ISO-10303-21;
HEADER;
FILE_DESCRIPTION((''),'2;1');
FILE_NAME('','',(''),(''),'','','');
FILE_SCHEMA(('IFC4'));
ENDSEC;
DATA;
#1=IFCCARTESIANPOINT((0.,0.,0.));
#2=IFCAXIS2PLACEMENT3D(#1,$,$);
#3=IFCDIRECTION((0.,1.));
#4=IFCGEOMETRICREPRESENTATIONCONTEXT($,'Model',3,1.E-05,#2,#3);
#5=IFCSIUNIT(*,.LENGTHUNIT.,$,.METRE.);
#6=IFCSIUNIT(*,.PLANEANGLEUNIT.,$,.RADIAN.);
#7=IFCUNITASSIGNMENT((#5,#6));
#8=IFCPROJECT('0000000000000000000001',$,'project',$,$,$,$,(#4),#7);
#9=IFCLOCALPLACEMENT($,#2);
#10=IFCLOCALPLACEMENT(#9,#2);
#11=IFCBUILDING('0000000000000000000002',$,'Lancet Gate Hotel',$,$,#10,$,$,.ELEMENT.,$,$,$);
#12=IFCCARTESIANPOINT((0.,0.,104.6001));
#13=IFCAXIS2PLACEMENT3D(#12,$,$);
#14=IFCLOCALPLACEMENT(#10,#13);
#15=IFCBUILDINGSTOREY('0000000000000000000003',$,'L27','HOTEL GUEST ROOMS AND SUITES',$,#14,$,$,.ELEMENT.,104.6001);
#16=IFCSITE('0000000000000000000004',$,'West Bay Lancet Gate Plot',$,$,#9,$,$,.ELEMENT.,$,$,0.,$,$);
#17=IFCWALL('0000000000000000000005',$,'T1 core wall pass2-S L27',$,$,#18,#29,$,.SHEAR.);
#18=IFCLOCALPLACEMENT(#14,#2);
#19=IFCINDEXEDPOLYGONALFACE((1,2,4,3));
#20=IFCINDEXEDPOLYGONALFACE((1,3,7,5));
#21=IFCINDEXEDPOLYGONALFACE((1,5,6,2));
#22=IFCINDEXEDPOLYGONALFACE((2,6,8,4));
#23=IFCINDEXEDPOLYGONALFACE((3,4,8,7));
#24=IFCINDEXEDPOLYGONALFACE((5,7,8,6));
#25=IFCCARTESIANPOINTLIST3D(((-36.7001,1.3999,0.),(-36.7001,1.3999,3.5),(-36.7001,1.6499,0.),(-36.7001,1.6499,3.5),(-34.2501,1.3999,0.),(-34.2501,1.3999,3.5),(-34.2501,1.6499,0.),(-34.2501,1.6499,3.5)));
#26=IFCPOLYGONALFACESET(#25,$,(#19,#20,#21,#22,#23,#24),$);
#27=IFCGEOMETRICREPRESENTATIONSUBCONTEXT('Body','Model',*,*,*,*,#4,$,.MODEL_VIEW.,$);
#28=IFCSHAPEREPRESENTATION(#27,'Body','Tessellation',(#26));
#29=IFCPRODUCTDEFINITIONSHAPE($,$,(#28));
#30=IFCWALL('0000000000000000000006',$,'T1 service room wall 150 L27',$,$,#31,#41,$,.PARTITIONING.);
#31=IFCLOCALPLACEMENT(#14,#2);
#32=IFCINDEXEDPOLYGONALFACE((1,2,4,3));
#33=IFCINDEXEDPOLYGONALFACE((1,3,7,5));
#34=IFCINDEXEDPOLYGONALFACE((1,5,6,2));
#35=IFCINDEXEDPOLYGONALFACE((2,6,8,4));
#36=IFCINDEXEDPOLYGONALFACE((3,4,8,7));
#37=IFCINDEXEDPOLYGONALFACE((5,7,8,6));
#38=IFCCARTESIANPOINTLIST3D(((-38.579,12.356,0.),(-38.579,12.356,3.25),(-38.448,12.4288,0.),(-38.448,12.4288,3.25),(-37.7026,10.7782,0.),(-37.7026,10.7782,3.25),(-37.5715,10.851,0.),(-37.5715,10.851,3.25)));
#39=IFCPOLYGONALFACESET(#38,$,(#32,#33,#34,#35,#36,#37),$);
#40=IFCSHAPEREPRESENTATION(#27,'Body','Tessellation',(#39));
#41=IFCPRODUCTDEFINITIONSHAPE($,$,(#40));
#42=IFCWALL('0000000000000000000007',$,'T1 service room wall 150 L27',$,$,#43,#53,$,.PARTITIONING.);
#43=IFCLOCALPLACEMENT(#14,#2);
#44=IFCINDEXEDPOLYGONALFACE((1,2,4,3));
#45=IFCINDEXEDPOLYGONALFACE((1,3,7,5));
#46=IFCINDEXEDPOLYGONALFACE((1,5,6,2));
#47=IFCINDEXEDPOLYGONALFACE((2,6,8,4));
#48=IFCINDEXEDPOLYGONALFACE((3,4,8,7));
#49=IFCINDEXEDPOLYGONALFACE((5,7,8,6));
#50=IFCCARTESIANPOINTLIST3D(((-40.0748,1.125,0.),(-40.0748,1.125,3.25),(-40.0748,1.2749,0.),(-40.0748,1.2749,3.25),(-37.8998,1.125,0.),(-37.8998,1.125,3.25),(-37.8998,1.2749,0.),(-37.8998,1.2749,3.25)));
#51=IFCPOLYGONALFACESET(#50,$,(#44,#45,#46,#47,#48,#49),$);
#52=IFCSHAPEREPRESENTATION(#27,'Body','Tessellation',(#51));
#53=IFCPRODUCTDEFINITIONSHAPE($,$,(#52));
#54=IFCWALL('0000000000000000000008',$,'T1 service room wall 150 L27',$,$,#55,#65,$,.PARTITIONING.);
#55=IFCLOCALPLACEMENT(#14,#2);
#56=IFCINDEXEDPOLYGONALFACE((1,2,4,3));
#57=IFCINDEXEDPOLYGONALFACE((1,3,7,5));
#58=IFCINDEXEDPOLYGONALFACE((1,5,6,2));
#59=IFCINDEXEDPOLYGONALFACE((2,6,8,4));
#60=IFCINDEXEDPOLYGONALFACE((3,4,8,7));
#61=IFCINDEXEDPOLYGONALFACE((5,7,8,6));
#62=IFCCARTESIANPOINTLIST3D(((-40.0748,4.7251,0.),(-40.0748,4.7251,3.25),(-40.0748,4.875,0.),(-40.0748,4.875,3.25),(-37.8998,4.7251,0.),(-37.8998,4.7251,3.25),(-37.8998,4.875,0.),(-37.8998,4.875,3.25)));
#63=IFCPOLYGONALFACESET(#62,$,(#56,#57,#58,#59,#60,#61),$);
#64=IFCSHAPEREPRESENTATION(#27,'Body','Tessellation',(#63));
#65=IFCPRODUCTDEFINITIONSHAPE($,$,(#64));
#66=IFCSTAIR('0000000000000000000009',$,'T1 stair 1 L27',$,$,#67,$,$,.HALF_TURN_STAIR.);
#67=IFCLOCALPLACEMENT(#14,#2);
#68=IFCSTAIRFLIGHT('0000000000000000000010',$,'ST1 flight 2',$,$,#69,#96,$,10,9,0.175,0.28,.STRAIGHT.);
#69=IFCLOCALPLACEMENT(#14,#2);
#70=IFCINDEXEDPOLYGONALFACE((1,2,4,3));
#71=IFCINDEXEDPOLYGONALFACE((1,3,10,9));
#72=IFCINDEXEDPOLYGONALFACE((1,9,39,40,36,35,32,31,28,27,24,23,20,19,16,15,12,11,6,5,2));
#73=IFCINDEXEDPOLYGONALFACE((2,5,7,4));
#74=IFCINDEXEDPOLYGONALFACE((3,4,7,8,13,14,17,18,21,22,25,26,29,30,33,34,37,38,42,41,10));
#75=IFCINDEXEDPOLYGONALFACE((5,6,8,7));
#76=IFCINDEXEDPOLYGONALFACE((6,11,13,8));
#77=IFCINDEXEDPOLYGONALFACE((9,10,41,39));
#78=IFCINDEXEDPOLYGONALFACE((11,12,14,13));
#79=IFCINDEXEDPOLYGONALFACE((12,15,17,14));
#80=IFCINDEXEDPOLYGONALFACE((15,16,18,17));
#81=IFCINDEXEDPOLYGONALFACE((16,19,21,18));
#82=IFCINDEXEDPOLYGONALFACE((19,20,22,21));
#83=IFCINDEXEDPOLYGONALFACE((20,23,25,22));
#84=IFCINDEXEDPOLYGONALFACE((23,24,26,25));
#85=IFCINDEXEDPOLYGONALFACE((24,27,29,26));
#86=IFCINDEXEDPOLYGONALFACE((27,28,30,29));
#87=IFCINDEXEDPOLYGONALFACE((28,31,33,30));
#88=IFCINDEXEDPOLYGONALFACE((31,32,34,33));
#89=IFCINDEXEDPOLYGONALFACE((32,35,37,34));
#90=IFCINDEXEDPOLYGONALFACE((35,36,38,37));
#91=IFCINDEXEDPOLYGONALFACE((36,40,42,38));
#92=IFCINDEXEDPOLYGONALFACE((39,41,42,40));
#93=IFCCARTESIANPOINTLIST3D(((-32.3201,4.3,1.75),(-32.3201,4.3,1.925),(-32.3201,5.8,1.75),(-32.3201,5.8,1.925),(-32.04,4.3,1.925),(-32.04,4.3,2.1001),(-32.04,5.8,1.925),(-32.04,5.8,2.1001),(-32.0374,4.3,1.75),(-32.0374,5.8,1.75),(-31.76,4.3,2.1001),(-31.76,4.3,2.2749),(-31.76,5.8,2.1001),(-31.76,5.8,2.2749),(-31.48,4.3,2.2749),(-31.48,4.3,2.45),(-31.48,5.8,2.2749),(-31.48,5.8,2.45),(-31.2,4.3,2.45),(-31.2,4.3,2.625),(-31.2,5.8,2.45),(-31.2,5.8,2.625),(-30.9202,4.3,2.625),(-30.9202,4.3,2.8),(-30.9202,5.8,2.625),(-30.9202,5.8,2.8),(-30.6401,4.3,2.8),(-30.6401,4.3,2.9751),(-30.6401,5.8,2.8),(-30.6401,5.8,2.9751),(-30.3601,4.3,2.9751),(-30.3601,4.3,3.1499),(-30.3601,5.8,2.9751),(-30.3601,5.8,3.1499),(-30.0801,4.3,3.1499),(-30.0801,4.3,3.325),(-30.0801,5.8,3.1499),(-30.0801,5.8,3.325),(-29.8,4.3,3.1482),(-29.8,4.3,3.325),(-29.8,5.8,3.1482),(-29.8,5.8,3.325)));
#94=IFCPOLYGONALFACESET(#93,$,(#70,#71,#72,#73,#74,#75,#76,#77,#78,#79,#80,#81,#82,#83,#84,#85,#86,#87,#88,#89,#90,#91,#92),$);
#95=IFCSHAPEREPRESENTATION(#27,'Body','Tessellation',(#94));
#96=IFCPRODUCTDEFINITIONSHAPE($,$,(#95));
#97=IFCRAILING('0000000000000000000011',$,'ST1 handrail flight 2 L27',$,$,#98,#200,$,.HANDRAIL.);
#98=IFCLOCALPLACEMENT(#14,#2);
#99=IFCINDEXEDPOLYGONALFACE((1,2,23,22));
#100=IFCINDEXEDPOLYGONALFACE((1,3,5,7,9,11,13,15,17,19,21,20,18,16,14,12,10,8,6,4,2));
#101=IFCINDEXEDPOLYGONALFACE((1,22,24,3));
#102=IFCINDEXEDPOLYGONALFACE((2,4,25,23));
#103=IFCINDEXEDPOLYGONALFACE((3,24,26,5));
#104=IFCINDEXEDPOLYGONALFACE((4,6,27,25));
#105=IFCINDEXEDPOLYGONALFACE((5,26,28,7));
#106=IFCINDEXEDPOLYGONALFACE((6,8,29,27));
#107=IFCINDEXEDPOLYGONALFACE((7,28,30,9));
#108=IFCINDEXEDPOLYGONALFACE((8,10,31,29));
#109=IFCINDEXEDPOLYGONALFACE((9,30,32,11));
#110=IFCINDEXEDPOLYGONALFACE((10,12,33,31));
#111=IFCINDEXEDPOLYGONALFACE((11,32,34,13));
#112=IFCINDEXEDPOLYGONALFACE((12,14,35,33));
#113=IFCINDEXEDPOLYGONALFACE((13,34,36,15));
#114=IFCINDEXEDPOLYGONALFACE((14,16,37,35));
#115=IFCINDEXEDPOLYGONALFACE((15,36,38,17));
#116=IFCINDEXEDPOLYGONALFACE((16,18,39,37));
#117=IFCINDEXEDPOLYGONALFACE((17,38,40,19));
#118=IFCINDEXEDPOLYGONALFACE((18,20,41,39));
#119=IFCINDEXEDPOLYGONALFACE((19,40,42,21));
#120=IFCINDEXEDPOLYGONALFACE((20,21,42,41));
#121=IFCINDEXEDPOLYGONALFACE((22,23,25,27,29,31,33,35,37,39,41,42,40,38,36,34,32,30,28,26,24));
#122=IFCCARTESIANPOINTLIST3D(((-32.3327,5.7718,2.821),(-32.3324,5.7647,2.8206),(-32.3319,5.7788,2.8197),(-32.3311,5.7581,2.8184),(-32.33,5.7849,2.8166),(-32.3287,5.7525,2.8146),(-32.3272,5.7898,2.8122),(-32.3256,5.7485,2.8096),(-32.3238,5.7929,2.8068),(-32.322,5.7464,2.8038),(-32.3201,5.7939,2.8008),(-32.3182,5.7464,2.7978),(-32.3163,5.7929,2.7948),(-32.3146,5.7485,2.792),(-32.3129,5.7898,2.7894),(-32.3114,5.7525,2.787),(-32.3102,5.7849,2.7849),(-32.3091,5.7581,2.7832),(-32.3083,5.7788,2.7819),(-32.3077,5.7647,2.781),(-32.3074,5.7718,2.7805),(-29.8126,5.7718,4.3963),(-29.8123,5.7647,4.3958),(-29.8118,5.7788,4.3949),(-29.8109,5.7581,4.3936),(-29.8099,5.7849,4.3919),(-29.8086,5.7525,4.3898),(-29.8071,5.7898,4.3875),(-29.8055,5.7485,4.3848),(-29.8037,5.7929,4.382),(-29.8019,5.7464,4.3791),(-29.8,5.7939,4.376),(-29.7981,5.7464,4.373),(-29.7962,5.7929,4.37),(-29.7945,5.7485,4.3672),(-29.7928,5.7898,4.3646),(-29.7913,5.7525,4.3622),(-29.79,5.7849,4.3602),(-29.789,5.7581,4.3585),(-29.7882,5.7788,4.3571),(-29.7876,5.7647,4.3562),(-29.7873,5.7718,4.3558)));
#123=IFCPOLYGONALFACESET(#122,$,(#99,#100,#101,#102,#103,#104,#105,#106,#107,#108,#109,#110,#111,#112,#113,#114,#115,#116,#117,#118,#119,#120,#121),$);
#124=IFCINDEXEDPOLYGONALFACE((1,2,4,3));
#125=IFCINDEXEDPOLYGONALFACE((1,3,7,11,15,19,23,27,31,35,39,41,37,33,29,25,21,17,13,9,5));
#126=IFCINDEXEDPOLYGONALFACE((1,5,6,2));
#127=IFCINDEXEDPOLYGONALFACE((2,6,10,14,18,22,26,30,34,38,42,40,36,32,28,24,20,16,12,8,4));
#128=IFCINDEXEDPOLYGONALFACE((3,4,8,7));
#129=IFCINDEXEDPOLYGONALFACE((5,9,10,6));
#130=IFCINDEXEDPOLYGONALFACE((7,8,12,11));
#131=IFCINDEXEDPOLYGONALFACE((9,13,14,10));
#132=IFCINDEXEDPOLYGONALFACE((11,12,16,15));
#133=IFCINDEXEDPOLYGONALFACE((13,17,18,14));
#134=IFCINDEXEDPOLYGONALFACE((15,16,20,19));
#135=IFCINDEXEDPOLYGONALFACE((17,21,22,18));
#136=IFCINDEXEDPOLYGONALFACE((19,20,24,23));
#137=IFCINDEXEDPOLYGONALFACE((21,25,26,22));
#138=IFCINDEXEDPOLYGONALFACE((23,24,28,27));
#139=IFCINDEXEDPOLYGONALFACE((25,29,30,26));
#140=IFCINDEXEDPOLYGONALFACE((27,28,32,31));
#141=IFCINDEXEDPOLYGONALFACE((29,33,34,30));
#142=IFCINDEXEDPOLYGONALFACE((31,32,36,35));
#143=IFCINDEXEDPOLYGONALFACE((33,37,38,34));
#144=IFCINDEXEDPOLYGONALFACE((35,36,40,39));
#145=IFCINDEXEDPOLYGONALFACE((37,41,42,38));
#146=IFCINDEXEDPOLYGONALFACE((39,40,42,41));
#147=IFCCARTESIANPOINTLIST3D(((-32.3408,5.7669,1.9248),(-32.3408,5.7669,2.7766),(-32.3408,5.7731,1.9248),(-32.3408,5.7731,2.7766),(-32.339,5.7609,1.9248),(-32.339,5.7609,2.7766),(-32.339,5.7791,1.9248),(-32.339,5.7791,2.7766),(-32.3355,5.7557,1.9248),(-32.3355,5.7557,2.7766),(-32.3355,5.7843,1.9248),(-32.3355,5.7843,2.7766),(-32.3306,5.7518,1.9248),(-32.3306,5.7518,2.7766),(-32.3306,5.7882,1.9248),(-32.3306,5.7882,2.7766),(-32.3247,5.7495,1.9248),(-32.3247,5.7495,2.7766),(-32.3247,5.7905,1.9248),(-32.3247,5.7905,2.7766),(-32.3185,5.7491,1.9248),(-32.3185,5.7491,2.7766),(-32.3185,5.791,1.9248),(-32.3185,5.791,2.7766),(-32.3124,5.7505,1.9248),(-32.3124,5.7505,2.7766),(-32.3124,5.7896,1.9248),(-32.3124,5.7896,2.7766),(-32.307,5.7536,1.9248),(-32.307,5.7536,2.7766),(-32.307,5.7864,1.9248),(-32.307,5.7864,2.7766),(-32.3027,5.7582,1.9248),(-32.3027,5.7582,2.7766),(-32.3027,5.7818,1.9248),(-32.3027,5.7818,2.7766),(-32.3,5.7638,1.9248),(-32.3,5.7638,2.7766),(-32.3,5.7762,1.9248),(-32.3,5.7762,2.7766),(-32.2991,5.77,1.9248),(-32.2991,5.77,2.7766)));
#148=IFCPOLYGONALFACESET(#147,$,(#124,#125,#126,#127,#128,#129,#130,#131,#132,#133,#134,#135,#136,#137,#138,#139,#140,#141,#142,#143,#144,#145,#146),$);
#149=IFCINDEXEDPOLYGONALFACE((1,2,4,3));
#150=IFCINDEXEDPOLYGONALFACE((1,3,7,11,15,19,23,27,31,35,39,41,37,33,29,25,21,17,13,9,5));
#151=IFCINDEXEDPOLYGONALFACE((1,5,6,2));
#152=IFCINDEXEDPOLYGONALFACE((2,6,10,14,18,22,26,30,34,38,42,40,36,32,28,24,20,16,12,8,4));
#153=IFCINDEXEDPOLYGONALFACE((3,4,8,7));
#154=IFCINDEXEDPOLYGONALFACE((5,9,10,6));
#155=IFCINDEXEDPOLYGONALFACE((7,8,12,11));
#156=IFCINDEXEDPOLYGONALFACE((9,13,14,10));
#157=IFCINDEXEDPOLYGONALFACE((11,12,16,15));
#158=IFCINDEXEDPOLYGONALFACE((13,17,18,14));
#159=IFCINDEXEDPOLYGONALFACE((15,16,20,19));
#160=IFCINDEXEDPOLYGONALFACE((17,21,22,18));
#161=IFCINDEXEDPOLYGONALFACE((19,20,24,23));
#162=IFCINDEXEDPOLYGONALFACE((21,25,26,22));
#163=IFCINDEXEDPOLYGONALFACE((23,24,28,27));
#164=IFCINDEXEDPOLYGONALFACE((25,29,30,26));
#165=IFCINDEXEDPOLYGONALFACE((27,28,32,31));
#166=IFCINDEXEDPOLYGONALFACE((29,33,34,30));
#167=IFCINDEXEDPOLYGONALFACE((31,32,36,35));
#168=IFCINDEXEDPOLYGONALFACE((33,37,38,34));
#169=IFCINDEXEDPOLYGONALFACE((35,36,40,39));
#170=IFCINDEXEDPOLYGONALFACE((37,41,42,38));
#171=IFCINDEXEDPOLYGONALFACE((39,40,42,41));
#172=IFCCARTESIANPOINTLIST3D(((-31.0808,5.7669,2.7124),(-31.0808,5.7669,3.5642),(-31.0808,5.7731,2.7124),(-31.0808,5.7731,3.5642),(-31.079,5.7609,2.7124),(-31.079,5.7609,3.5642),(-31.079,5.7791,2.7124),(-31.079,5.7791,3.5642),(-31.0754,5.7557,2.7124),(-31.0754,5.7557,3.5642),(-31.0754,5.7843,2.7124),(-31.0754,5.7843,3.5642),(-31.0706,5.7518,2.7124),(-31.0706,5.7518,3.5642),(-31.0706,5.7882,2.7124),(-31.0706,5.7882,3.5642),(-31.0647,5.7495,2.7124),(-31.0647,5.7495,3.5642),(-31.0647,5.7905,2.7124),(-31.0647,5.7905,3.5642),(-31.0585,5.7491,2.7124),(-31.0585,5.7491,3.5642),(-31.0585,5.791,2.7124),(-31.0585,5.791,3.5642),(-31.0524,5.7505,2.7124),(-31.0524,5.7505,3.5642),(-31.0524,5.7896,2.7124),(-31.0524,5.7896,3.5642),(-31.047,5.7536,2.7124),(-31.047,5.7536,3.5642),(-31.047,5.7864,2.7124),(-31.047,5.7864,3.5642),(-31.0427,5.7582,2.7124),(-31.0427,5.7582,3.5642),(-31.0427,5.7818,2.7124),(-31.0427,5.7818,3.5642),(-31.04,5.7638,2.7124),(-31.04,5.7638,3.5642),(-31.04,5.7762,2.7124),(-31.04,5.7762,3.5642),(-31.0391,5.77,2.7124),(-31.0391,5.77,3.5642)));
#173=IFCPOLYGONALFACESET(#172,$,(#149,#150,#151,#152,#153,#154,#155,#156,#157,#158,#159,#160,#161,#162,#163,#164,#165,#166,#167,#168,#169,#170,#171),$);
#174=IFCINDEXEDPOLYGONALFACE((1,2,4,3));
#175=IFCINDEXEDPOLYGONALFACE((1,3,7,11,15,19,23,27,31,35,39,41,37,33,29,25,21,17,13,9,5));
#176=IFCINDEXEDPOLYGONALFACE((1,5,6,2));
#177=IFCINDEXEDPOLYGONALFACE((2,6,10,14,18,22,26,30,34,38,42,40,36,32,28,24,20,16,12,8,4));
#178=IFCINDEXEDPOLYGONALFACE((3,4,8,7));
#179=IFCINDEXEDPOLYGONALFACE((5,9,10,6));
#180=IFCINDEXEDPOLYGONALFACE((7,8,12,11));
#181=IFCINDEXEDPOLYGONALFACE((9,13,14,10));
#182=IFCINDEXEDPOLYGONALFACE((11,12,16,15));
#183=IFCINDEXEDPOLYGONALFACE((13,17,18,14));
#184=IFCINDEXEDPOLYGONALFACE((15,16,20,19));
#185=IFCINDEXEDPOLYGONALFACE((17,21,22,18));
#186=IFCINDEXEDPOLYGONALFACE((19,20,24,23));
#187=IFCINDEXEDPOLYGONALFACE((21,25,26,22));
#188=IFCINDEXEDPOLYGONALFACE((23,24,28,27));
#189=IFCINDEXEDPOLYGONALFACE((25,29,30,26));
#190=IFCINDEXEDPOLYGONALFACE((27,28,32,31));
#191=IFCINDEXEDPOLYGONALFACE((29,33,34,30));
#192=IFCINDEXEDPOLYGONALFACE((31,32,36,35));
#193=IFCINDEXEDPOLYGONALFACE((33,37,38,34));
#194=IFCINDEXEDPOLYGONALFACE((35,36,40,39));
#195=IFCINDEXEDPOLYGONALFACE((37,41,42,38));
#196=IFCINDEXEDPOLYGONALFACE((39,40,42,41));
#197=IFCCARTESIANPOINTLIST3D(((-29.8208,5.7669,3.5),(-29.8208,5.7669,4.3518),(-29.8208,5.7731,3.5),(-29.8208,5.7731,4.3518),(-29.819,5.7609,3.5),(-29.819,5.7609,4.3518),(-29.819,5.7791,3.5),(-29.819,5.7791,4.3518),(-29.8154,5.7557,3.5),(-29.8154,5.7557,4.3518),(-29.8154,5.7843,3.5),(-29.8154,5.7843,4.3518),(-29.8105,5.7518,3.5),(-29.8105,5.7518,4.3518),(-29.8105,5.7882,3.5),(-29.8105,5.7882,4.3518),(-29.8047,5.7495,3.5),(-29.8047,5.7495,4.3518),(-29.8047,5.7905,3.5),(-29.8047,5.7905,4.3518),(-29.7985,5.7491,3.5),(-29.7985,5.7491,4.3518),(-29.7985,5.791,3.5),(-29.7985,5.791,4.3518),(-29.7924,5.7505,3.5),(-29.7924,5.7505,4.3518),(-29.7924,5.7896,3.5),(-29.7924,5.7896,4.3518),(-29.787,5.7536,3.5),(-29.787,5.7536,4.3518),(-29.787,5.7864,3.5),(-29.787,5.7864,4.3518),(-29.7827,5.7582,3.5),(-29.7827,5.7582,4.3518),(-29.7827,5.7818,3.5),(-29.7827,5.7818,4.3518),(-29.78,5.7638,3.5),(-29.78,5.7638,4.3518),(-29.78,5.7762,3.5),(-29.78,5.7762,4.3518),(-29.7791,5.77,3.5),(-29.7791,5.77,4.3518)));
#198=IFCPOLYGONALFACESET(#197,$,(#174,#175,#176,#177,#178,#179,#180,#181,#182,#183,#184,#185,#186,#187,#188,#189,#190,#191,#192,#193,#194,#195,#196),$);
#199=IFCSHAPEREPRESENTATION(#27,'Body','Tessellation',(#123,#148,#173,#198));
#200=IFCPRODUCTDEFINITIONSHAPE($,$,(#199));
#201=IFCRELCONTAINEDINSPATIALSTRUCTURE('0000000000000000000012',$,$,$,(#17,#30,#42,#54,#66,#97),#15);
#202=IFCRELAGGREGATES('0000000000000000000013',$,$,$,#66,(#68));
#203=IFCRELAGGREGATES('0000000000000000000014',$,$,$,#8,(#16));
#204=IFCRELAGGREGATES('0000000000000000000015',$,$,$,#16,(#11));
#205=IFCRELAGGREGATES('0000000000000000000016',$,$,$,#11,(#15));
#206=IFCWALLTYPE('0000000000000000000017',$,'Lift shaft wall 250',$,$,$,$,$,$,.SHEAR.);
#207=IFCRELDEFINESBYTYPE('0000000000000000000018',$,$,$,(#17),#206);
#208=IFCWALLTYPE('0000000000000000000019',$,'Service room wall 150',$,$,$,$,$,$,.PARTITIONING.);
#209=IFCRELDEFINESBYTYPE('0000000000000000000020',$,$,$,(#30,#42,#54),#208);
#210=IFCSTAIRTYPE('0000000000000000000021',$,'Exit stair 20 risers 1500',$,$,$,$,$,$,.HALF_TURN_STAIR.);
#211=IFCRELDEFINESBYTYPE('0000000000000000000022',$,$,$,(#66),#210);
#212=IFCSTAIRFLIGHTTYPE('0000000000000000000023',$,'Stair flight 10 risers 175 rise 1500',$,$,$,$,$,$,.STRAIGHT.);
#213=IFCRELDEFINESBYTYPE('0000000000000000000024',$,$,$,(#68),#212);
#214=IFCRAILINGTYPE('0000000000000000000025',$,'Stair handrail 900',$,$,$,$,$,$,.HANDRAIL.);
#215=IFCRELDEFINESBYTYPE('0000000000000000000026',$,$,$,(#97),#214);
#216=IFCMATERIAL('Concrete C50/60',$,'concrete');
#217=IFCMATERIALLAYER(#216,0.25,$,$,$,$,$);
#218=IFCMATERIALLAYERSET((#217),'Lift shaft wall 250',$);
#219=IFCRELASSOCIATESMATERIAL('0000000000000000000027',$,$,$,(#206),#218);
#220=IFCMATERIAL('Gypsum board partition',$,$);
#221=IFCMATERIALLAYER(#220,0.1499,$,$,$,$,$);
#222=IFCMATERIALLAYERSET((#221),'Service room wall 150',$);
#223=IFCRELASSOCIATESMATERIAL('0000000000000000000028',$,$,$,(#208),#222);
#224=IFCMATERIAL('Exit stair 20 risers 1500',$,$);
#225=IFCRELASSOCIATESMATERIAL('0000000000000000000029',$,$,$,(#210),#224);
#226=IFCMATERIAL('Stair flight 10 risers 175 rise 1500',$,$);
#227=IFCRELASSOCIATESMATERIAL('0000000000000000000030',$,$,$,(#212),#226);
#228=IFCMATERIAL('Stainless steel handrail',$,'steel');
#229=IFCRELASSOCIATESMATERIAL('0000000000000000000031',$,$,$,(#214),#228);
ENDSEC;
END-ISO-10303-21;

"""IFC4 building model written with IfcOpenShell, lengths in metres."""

from ifc_helpers import new_model, si_unit, direction, frame, frame_2d, origin, origin_2d, place, context, subcontext, project, spatial, polyline, rectangle, circle, outline, extrude, material, layer, layer_set, type_object, element, aggregate, save


model = new_model("IFC4")

# Units and contexts
model_context = context("Model", 3, precision=1e-05, world=origin(), true_north=direction((0.0, 1.0)))
body_context = subcontext(model_context, "Body", "Model", "MODEL_VIEW")
ifc_project = project(units=[si_unit("LENGTHUNIT", "METRE"), si_unit("PLANEANGLEUNIT", "RADIAN")], contexts=[model_context])

# Site, building, storey
site_placement = place(None, origin())
site = spatial("IfcSite", under=ifc_project, at=site_placement, Name="West Bay Lancet Gate Plot", CompositionType="ELEMENT", RefElevation=0.0)
building_placement = place(site_placement, origin())
building = spatial("IfcBuilding", under=site, at=building_placement, Name="Lancet Gate Hotel", CompositionType="ELEMENT")
storey_placement = place(building_placement, frame((0.0, 0.0, 104.6001)))
storey = spatial("IfcBuildingStorey", under=building, at=storey_placement, Name="L27", Description="HOTEL GUEST ROOMS AND SUITES", CompositionType="ELEMENT", Elevation=104.6001)

# Shared definitions
ifc_material_1 = material(Name="Concrete C50/60", Category="concrete")
ifc_layer_1 = layer(ifc_material_1, 0.25)
ifc_layer_set_1 = layer_set([ifc_layer_1], Name="Lift shaft wall 250")
wall_type_1 = type_object("IfcWallType", Name="Lift shaft wall 250", PredefinedType="SHEAR", material=ifc_layer_set_1)

# Walls
wall_1_placement = place(storey_placement, frame((-34.25, 1.5249, 0.0), z_axis=(0.0, 0.0, 1.0), x_axis=(-1.0, 0.0, 0.0)))
element("IfcWall", 1, at=wall_1_placement, inside=storey, type_object=wall_type_1, Name="T1 core wall pass2-S L27", PredefinedType="SHEAR", context=body_context, shape_type="SweptSolid", body=[
    extrude(rectangle(XDim=2.45, YDim=0.25, at=frame_2d((1.2251, 0.0))), origin(), (0.0, 0.0, 1.0), 3.5),
])
ifc_material_2 = material(Name="Gypsum board partition")
ifc_layer_2 = layer(ifc_material_2, 0.1499)
ifc_layer_set_2 = layer_set([ifc_layer_2], Name="Service room wall 150")
wall_type_2 = type_object("IfcWallType", Name="Service room wall 150", PredefinedType="PARTITIONING", material=ifc_layer_set_2)
wall_2_placement = place(storey_placement, frame((-38.5134, 12.3923, 0.0), z_axis=(0.0, 0.0, 1.0), x_axis=(0.485586, -0.874189, 0.0)))
element("IfcWall", 2, at=wall_2_placement, inside=storey, type_object=wall_type_2, Name="T1 service room wall 150 L27", PredefinedType="PARTITIONING", context=body_context, shape_type="SweptSolid", body=[
    extrude(rectangle(XDim=1.8049, YDim=0.1499, at=frame_2d((0.9023, 0.0))), origin(), (0.0, 0.0, 1.0), 3.25),
])
for number, where, z_axis, x_axis, name in (
    (3, (-37.8999, 1.2, 0.0), (0.0, 0.0, 1.0), (-1.0, 0.0, 0.0), "T1 service room wall 150 L27"),
    (4, (-37.8999, 4.8, 0.0), (0.0, 0.0, 1.0), (-1.0, 0.0, 0.0), "T1 service room wall 150 L27"),
):
    element("IfcWall", number, at=place(storey_placement, frame(where, z_axis=z_axis, x_axis=x_axis)), inside=storey, type_object=wall_type_2, Name=name, PredefinedType="PARTITIONING", context=body_context, shape_type="SweptSolid", body=[
        extrude(rectangle(XDim=2.175, YDim=0.1499, at=frame_2d((1.0874, 0.0))), origin(), (0.0, 0.0, 1.0), 3.25),
    ])

# Stair, stair flight
ifc_material_3 = material(Name="Exit stair 20 risers 1500")
stair_type = type_object("IfcStairType", Name="Exit stair 20 risers 1500", PredefinedType="HALF_TURN_STAIR", material=ifc_material_3)
stair_placement = place(storey_placement, origin())
stair = element("IfcStair", 5, at=stair_placement, inside=storey, type_object=stair_type, Name="T1 stair 1 L27", PredefinedType="HALF_TURN_STAIR")
ifc_material_4 = material(Name="Stair flight 10 risers 175 rise 1500")
stair_flight_type = type_object("IfcStairFlightType", Name="Stair flight 10 risers 175 rise 1500", PredefinedType="STRAIGHT", material=ifc_material_4)
stair_flight_placement = place(storey_placement, frame((-32.3201, 5.05, 1.75), z_axis=(0.0, 0.0, 1.0), x_axis=(1.0, 0.0, 0.0)))
stair_flight = element("IfcStairFlight", 6, at=stair_flight_placement, type_object=stair_flight_type, Name="ST1 flight 2", NumberOfRisers=10, NumberOfTreads=9, PredefinedType="STRAIGHT", RiserHeight=0.175, TreadLength=0.28, context=body_context, shape_type="SweptSolid", body=[
    extrude(outline(polyline([(0.0, 0.0), (0.0, 0.175), (0.28, 0.175), (0.28, 0.3501), (0.5601, 0.3501), (0.5601, 0.5249), (0.8401, 0.5249), (0.8401, 0.7), (1.1201, 0.7), (1.1201, 0.875), (1.3999, 0.875), (1.3999, 1.05), (1.6799, 1.05), (1.6799, 1.2251), (1.96, 1.2251), (1.96, 1.3999), (2.24, 1.3999), (2.24, 1.575), (2.52, 1.575), (2.52, 1.75), (2.52, 1.3982), (0.2827, 0.0), (0.0, 0.0)])), frame((0.0, 0.75, 0.0), z_axis=(0.0, -1.0, 0.0), x_axis=(1.0, 0.0, 0.0)), (0.0, 0.0, 1.0), 1.5),
])
aggregate(stair, [stair_flight])

# Railing
ifc_material_5 = material(Name="Stainless steel handrail", Category="steel")
railing_type = type_object("IfcRailingType", Name="Stair handrail 900", PredefinedType="HANDRAIL", material=ifc_material_5)
railing_placement = place(storey_placement, frame((-32.3201, 5.77, 1.9248)))
element("IfcRailing", 7, at=railing_placement, inside=storey, type_object=railing_type, Name="ST1 handrail flight 2 L27", PredefinedType="HANDRAIL", context=body_context, shape_type="SweptSolid", body=[
    extrude(circle(Radius=0.0239, at=origin_2d()), frame((0.0, 0.0, 0.876), z_axis=(0.847971, 0.0, 0.530043), x_axis=(0.0, 1.0, 0.0)), (0.0, 0.0, 1.0), 2.9719),
    extrude(circle(Radius=0.021, at=origin_2d()), origin(), (0.0, 0.0, 1.0), 0.8518),
    extrude(circle(Radius=0.021, at=origin_2d()), frame((1.26, 0.0, 0.7876)), (0.0, 0.0, 1.0), 0.8518),
    extrude(circle(Radius=0.021, at=origin_2d()), frame((2.52, 0.0, 1.5752)), (0.0, 0.0, 1.0), 0.8518),
])

save(model, "model.ifc")
